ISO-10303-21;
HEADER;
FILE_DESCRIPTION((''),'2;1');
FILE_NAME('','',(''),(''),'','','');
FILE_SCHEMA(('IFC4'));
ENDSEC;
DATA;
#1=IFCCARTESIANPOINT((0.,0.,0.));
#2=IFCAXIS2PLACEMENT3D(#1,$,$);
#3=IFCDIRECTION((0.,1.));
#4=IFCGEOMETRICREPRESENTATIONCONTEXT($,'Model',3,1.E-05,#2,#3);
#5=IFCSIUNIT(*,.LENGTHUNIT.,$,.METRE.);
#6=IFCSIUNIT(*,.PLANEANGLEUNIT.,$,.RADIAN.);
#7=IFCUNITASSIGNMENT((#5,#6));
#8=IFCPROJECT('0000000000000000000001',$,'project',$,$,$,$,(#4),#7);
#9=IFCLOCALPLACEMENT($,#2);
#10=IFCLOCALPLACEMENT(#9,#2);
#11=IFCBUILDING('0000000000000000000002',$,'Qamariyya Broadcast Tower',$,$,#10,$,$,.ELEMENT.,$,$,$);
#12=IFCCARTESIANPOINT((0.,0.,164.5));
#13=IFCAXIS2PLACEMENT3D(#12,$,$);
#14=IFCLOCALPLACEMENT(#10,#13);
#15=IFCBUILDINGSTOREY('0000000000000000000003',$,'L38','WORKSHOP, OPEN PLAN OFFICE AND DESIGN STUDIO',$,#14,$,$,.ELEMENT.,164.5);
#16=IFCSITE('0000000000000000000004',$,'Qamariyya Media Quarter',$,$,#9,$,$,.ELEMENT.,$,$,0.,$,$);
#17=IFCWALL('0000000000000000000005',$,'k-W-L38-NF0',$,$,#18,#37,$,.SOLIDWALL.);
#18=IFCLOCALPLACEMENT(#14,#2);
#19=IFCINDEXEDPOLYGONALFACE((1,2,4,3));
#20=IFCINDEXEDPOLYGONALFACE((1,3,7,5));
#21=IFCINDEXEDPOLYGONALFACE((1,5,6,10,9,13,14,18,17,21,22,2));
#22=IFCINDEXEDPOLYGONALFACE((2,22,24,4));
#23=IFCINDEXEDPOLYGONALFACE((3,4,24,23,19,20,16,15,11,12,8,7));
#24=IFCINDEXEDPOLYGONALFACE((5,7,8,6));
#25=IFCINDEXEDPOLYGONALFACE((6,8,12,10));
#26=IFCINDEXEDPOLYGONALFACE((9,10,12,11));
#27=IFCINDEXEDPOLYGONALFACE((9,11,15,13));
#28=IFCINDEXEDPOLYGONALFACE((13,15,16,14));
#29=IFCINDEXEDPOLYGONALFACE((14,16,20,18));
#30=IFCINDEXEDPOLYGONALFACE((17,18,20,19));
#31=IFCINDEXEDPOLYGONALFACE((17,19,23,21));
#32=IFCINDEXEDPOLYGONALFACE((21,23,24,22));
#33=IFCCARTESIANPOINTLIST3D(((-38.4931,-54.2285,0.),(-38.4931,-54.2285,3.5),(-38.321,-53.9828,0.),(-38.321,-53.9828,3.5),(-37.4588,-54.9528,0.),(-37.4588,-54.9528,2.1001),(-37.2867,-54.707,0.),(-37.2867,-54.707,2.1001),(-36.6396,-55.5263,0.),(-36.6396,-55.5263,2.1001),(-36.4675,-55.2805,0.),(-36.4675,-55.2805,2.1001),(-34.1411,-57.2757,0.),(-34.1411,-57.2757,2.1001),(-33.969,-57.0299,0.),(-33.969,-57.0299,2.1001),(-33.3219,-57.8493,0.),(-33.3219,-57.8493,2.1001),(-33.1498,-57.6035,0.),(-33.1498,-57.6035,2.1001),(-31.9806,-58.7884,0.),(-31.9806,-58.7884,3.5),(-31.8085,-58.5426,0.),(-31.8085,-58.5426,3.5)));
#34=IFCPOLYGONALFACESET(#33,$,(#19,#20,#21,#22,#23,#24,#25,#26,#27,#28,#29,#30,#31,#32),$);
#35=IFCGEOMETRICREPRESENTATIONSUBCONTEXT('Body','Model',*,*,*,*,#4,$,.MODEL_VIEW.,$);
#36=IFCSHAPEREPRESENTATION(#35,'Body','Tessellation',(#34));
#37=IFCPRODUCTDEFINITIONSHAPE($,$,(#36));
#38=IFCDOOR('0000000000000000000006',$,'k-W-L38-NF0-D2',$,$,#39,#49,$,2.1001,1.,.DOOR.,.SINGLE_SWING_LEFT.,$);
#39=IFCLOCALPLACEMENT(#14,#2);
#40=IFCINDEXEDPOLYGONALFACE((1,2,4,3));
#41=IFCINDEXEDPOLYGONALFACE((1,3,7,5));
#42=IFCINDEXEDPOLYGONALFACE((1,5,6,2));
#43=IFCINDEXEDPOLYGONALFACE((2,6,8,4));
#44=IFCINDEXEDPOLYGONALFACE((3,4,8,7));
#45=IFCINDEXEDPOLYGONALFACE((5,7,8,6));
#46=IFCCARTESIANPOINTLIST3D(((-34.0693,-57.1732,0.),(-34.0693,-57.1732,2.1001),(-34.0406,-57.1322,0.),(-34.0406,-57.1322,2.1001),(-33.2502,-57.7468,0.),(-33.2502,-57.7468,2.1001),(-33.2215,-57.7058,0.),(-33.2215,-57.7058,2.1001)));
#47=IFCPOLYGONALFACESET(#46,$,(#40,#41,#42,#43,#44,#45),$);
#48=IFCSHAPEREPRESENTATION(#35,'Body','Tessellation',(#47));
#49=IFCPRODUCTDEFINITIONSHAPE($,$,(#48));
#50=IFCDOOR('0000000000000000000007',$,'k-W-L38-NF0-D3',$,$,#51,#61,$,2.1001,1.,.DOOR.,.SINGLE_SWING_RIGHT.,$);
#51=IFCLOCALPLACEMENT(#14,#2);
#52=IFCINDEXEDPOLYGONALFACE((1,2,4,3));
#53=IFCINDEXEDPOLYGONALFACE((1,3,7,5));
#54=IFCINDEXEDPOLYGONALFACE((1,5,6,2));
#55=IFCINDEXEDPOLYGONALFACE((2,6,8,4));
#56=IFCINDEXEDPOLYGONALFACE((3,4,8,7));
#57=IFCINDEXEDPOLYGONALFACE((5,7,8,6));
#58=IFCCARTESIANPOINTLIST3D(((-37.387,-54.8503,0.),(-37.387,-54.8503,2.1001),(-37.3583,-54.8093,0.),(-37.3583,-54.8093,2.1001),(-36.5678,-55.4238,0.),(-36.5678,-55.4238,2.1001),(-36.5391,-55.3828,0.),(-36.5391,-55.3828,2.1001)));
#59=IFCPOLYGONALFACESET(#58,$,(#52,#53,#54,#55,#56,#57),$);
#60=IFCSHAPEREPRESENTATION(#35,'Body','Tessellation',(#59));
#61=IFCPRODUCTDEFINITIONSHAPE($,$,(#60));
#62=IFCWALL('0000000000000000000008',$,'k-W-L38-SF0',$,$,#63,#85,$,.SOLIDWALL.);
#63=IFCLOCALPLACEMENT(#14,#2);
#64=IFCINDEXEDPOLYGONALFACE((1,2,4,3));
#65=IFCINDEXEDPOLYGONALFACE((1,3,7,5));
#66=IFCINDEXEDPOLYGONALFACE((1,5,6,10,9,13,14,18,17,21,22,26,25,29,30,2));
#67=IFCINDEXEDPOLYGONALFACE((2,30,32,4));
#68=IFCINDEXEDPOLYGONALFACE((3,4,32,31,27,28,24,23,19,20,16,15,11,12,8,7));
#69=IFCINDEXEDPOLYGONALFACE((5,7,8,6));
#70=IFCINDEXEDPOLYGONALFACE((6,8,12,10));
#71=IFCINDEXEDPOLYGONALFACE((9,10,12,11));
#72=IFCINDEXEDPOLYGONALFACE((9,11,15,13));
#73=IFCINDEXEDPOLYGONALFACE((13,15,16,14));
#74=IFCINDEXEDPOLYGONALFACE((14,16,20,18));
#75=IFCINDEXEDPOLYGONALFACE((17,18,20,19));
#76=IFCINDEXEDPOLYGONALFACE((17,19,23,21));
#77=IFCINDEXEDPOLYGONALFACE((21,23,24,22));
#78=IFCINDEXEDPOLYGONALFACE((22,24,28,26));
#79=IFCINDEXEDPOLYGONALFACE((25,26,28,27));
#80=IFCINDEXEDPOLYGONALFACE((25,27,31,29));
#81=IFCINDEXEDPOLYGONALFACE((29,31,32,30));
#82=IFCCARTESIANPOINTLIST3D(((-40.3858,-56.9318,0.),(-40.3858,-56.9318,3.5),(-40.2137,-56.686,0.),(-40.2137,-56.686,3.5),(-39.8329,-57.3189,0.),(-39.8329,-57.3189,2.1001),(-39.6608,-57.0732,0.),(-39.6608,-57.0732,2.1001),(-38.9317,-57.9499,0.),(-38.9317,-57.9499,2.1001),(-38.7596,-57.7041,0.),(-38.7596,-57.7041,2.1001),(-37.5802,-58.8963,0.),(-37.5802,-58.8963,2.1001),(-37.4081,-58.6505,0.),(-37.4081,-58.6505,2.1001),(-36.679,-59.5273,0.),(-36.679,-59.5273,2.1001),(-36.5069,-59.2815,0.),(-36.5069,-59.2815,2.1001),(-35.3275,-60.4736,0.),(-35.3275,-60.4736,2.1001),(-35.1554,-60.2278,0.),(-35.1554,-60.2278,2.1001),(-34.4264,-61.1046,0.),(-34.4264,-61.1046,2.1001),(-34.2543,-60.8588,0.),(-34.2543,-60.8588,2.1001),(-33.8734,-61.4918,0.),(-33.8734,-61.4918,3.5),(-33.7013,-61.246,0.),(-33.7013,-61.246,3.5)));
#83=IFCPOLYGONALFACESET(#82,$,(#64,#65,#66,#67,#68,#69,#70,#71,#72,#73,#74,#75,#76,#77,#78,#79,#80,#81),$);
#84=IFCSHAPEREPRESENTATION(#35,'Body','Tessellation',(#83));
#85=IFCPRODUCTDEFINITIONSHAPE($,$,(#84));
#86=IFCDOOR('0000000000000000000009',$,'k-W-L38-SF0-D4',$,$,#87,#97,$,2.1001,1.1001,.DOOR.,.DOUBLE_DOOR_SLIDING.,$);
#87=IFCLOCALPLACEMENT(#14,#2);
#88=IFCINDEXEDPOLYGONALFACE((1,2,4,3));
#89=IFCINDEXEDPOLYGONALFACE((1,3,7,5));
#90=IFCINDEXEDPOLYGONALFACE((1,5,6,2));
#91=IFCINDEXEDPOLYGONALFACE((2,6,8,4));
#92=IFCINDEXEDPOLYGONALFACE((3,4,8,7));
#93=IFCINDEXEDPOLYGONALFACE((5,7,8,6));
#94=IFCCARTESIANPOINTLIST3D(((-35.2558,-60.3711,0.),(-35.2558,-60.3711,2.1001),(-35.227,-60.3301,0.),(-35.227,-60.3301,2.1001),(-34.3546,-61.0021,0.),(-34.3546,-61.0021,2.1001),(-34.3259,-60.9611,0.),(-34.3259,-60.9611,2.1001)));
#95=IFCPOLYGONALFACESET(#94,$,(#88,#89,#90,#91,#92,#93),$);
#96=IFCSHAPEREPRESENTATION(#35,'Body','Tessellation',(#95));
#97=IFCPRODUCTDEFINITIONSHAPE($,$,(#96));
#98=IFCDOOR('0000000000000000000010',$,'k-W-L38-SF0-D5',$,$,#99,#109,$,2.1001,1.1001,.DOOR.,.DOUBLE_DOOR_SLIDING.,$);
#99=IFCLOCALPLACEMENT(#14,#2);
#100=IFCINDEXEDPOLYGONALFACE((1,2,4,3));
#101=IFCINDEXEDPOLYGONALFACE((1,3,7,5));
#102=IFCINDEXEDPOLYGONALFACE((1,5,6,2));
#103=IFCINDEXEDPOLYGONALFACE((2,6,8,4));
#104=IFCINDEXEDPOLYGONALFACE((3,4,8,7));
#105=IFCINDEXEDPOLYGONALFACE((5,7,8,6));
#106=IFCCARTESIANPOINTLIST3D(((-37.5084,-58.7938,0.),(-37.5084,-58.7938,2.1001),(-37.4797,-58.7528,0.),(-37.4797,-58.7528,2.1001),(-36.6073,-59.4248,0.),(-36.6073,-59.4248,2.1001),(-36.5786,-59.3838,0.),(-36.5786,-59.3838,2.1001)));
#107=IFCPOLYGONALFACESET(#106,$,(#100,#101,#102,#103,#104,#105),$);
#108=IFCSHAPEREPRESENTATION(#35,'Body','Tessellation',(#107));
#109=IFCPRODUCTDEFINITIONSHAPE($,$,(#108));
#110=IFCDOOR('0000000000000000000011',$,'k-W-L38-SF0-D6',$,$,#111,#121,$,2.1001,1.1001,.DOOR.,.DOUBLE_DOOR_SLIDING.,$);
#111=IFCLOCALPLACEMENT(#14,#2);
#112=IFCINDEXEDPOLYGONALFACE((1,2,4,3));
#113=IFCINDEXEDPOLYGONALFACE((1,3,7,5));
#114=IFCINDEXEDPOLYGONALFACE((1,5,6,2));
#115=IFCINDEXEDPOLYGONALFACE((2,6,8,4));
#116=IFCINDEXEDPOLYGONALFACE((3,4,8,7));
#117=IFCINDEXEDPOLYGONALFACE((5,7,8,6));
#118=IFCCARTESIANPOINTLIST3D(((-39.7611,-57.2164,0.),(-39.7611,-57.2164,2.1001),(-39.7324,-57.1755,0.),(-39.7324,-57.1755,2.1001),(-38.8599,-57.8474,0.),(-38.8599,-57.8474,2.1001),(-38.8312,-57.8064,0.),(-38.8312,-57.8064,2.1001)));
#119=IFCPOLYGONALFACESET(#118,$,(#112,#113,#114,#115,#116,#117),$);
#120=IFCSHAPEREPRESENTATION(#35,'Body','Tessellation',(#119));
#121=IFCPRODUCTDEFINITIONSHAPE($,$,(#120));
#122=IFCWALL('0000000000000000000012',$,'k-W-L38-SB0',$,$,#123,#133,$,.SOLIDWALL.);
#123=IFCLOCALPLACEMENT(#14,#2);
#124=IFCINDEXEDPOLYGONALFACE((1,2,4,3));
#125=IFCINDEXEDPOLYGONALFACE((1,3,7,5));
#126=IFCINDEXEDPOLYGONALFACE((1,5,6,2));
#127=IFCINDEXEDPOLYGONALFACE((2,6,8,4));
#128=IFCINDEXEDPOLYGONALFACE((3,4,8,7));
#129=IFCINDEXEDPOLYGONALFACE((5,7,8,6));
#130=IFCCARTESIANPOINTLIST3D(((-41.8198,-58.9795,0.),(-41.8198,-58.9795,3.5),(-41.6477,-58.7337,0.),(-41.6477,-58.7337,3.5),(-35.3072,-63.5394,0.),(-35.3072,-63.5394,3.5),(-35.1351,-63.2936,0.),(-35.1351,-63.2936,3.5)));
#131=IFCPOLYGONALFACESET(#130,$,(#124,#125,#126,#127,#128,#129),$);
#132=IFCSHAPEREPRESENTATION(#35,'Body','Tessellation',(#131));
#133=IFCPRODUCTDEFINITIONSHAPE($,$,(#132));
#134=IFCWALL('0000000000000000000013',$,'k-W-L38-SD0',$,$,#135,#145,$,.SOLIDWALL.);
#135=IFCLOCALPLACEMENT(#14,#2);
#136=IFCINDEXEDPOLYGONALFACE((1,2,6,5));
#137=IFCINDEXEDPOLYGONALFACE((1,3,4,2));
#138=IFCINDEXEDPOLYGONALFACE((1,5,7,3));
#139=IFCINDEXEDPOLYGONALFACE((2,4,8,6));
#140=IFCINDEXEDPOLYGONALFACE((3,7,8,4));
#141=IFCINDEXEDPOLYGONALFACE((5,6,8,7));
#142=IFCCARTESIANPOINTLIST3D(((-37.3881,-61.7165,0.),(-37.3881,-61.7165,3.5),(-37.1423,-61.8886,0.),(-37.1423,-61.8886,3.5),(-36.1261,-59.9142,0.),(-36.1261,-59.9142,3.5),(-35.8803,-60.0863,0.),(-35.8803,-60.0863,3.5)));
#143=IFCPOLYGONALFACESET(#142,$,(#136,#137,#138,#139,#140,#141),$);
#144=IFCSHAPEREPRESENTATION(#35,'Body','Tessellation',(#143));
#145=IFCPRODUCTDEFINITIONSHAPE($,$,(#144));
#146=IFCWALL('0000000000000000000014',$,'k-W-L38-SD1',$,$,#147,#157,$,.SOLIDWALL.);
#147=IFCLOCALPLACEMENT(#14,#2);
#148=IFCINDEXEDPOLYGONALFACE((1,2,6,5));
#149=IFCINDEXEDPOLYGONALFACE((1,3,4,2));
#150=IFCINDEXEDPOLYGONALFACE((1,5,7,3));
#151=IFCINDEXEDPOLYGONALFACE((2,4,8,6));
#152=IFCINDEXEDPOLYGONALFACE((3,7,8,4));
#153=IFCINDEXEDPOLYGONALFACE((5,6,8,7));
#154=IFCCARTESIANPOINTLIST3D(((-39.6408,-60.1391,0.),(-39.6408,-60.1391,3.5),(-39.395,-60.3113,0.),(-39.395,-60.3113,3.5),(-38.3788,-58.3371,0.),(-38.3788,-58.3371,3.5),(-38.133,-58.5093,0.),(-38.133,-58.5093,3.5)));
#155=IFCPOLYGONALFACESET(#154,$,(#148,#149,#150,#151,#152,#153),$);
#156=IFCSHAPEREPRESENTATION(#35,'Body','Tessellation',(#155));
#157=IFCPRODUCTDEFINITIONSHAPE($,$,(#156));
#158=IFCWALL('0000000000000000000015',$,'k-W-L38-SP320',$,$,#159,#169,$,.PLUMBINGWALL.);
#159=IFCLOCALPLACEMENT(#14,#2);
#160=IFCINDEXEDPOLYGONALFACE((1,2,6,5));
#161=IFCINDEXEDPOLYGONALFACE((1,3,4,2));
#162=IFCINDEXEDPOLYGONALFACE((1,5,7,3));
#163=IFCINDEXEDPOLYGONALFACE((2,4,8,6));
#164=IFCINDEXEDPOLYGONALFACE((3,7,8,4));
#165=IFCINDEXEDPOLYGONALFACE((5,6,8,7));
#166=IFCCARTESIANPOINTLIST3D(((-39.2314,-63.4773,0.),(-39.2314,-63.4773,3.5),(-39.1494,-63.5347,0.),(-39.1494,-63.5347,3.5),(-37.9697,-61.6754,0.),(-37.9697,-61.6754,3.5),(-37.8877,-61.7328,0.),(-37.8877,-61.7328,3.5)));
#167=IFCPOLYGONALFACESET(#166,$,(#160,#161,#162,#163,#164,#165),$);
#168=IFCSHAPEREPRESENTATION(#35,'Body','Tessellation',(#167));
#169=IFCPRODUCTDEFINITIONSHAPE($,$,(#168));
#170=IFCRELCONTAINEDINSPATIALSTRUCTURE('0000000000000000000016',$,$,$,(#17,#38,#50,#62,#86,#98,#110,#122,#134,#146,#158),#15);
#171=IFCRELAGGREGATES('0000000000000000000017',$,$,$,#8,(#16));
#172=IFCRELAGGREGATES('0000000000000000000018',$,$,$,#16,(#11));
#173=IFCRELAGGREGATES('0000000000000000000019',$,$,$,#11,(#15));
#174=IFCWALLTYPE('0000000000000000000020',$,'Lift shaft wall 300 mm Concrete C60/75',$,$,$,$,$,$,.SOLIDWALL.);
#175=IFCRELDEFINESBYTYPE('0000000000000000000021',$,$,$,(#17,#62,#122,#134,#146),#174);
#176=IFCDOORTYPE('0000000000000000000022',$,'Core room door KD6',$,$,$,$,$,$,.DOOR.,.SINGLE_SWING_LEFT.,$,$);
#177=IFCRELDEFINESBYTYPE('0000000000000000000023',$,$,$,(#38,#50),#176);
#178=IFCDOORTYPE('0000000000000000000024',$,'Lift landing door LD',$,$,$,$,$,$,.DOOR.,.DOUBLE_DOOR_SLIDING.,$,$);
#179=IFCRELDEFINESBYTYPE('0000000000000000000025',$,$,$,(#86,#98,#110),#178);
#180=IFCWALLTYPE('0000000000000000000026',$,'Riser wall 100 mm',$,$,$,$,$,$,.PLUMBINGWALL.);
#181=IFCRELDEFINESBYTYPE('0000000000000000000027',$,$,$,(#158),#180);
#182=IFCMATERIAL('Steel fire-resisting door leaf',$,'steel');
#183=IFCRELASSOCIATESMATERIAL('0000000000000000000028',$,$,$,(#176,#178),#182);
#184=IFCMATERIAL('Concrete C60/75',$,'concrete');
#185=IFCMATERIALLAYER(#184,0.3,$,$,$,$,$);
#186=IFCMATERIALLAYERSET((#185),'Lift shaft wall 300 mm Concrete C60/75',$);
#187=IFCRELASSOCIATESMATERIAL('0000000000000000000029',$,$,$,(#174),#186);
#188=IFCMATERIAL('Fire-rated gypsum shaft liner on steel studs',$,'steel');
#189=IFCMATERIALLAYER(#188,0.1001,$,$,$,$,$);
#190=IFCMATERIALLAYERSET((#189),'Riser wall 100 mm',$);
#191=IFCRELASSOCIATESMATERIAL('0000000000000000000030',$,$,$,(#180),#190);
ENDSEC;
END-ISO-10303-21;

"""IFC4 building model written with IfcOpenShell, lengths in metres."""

from ifc_helpers import new_model, si_unit, direction, frame, frame_2d, origin, place, context, subcontext, project, spatial, rectangle, extrude, material, layer, layer_set, type_object, element, fill, save


model = new_model("IFC4")

# Units and contexts
model_context = context("Model", 3, precision=1e-05, world=origin(), true_north=direction((0.0, 1.0)))
body_context = subcontext(model_context, "Body", "Model", "MODEL_VIEW")
ifc_project = project(units=[si_unit("LENGTHUNIT", "METRE"), si_unit("PLANEANGLEUNIT", "RADIAN")], contexts=[model_context])

# Site, building, storey
site_placement = place(None, origin())
site = spatial("IfcSite", under=ifc_project, at=site_placement, Name="Qamariyya Media Quarter", CompositionType="ELEMENT", RefElevation=0.0)
building_placement = place(site_placement, origin())
building = spatial("IfcBuilding", under=site, at=building_placement, Name="Qamariyya Broadcast Tower", CompositionType="ELEMENT")
storey_placement = place(building_placement, frame((0.0, 0.0, 164.5)))
storey = spatial("IfcBuildingStorey", under=building, at=storey_placement, Name="L38", Description="WORKSHOP, OPEN PLAN OFFICE AND DESIGN STUDIO", CompositionType="ELEMENT", Elevation=164.5)

# Shared definitions
ifc_material_1 = material(Name="Concrete C60/75", Category="concrete")

# Shared definitions
ifc_material_2 = material(Name="Steel fire-resisting door leaf", Category="steel")

# Walls, openings, doors
door_type_1 = type_object("IfcDoorType", Name="Core room door KD6", OperationType="SINGLE_SWING_LEFT", PredefinedType="DOOR", material=ifc_material_2)
ifc_layer_1 = layer(ifc_material_1, 0.3)
ifc_layer_set_1 = layer_set([ifc_layer_1], Name="Lift shaft wall 300 mm Concrete C60/75")
wall_type_1 = type_object("IfcWallType", Name="Lift shaft wall 300 mm Concrete C60/75", PredefinedType="SOLIDWALL", material=ifc_layer_set_1)
wall_1_placement = place(storey_placement, frame((-31.8945, -58.6655, 0.0), z_axis=(0.0, 0.0, 1.0), x_axis=(-0.819167, 0.573555, 0.0)))
wall_1 = element("IfcWall", 1, at=wall_1_placement, inside=storey, type_object=wall_type_1, Name="k-W-L38-NF0", PredefinedType="SOLIDWALL", context=body_context, shape_type="SweptSolid", body=[
    extrude(rectangle(XDim=7.9502, YDim=0.3, at=frame_2d((3.9751, 0.0))), origin(), (0.0, 0.0, 1.0), 3.5),
])
opening_1_placement = place(wall_1_placement, frame((1.6375, 0.0, 0.0)))
opening_1 = element("IfcOpeningElement", 2, at=opening_1_placement, cuts=wall_1, PredefinedType="OPENING", context=body_context, shape_type="SweptSolid", body=[
    extrude(rectangle(XDim=1.0, YDim=2.1001, at=frame_2d((0.5, 1.05))), frame((0.0, 0.1599, 0.0), z_axis=(0.0, -1.0, 0.0), x_axis=(1.0, 0.0, 0.0)), (0.0, 0.0, 1.0), 0.3201),
])
opening_2_placement = place(wall_1_placement, frame((5.6875, 0.0, 0.0)))
opening_2 = element("IfcOpeningElement", 3, at=opening_2_placement, cuts=wall_1, PredefinedType="OPENING", context=body_context, shape_type="SweptSolid", body=[
    extrude(rectangle(XDim=1.0, YDim=2.1001, at=frame_2d((0.5, 1.05))), frame((0.0, 0.1599, 0.0), z_axis=(0.0, -1.0, 0.0), x_axis=(1.0, 0.0, 0.0)), (0.0, 0.0, 1.0), 0.3201),
])
door_1_placement = place(opening_1_placement, origin())
door_1 = element("IfcDoor", 4, at=door_1_placement, inside=storey, type_object=door_type_1, Name="k-W-L38-NF0-D2", OperationType="SINGLE_SWING_LEFT", OverallHeight=2.1001, OverallWidth=1.0, PredefinedType="DOOR", context=body_context, shape_type="SweptSolid", body=[
    extrude(rectangle(XDim=1.0, YDim=2.1001, at=frame_2d((0.5, 1.05))), frame((0.0, 0.0249, 0.0), z_axis=(0.0, -1.0, 0.0), x_axis=(1.0, 0.0, 0.0)), (0.0, 0.0, 1.0), 0.05),
])
fill(opening_1, door_1)
door_2_placement = place(opening_2_placement, origin())
door_2 = element("IfcDoor", 5, at=door_2_placement, inside=storey, type_object=door_type_1, Name="k-W-L38-NF0-D3", OperationType="SINGLE_SWING_RIGHT", OverallHeight=2.1001, OverallWidth=1.0, PredefinedType="DOOR", context=body_context, shape_type="SweptSolid", body=[
    extrude(rectangle(XDim=1.0, YDim=2.1001, at=frame_2d((0.5, 1.05))), frame((0.0, 0.0249, 0.0), z_axis=(0.0, -1.0, 0.0), x_axis=(1.0, 0.0, 0.0)), (0.0, 0.0, 1.0), 0.05),
])
fill(opening_2, door_2)
wall_2_placement = place(storey_placement, frame((-33.7874, -61.3689, 0.0), z_axis=(0.0, 0.0, 1.0), x_axis=(-0.819153, 0.573576, 0.0)))
wall_2 = element("IfcWall", 6, at=wall_2_placement, inside=storey, type_object=wall_type_1, Name="k-W-L38-SF0", PredefinedType="SOLIDWALL", context=body_context, shape_type="SweptSolid", body=[
    extrude(rectangle(XDim=7.9502, YDim=0.3, at=frame_2d((3.9751, 0.0))), origin(), (0.0, 0.0, 1.0), 3.5),
])
opening_3_placement = place(wall_2_placement, frame((0.675, 0.0, 0.0)))
opening_3 = element("IfcOpeningElement", 7, at=opening_3_placement, cuts=wall_2, PredefinedType="OPENING", context=body_context, shape_type="SweptSolid", body=[
    extrude(rectangle(XDim=1.1001, YDim=2.1001, at=frame_2d((0.55, 1.05))), frame((0.0, 0.1599, 0.0), z_axis=(0.0, -1.0, 0.0), x_axis=(1.0, 0.0, 0.0)), (0.0, 0.0, 1.0), 0.3201),
])
opening_4_placement = place(wall_2_placement, frame((3.425, 0.0, 0.0)))
opening_4 = element("IfcOpeningElement", 8, at=opening_4_placement, cuts=wall_2, PredefinedType="OPENING", context=body_context, shape_type="SweptSolid", body=[
    extrude(rectangle(XDim=1.1001, YDim=2.1001, at=frame_2d((0.55, 1.05))), frame((0.0, 0.1599, 0.0), z_axis=(0.0, -1.0, 0.0), x_axis=(1.0, 0.0, 0.0)), (0.0, 0.0, 1.0), 0.3201),
])
opening_5_placement = place(wall_2_placement, frame((6.175, 0.0, 0.0)))
opening_5 = element("IfcOpeningElement", 9, at=opening_5_placement, cuts=wall_2, PredefinedType="OPENING", context=body_context, shape_type="SweptSolid", body=[
    extrude(rectangle(XDim=1.1001, YDim=2.1001, at=frame_2d((0.55, 1.05))), frame((0.0, 0.1599, 0.0), z_axis=(0.0, -1.0, 0.0), x_axis=(1.0, 0.0, 0.0)), (0.0, 0.0, 1.0), 0.3201),
])
door_type_2 = type_object("IfcDoorType", Name="Lift landing door LD", OperationType="DOUBLE_DOOR_SLIDING", PredefinedType="DOOR", material=ifc_material_2)
door_3_placement = place(opening_3_placement, origin())
door_3 = element("IfcDoor", 10, at=door_3_placement, inside=storey, type_object=door_type_2, Name="k-W-L38-SF0-D4", OperationType="DOUBLE_DOOR_SLIDING", OverallHeight=2.1001, OverallWidth=1.1001, PredefinedType="DOOR", context=body_context, shape_type="SweptSolid", body=[
    extrude(rectangle(XDim=1.1001, YDim=2.1001, at=frame_2d((0.55, 1.05))), frame((0.0, 0.0249, 0.0), z_axis=(0.0, -1.0, 0.0), x_axis=(1.0, 0.0, 0.0)), (0.0, 0.0, 1.0), 0.05),
])
fill(opening_3, door_3)
door_4_placement = place(opening_4_placement, origin())
door_4 = element("IfcDoor", 11, at=door_4_placement, inside=storey, type_object=door_type_2, Name="k-W-L38-SF0-D5", OperationType="DOUBLE_DOOR_SLIDING", OverallHeight=2.1001, OverallWidth=1.1001, PredefinedType="DOOR", context=body_context, shape_type="SweptSolid", body=[
    extrude(rectangle(XDim=1.1001, YDim=2.1001, at=frame_2d((0.55, 1.05))), frame((0.0, 0.0249, 0.0), z_axis=(0.0, -1.0, 0.0), x_axis=(1.0, 0.0, 0.0)), (0.0, 0.0, 1.0), 0.05),
])
fill(opening_4, door_4)
door_5_placement = place(opening_5_placement, origin())
door_5 = element("IfcDoor", 12, at=door_5_placement, inside=storey, type_object=door_type_2, Name="k-W-L38-SF0-D6", OperationType="DOUBLE_DOOR_SLIDING", OverallHeight=2.1001, OverallWidth=1.1001, PredefinedType="DOOR", context=body_context, shape_type="SweptSolid", body=[
    extrude(rectangle(XDim=1.1001, YDim=2.1001, at=frame_2d((0.55, 1.05))), frame((0.0, 0.0249, 0.0), z_axis=(0.0, -1.0, 0.0), x_axis=(1.0, 0.0, 0.0)), (0.0, 0.0, 1.0), 0.05),
])
fill(opening_5, door_5)

# Walls
wall_3_placement = place(storey_placement, frame((-35.2212, -63.4165, 0.0), z_axis=(0.0, 0.0, 1.0), x_axis=(-0.819167, 0.573555, 0.0)))
element("IfcWall", 13, at=wall_3_placement, inside=storey, type_object=wall_type_1, Name="k-W-L38-SB0", PredefinedType="SOLIDWALL", context=body_context, shape_type="SweptSolid", body=[
    extrude(rectangle(XDim=7.9502, YDim=0.3, at=frame_2d((3.9751, 0.0))), origin(), (0.0, 0.0, 1.0), 3.5),
])
wall_4_placement = place(storey_placement, frame((-36.0032, -60.0002, 0.0), z_axis=(0.0, 0.0, 1.0), x_axis=(-0.573581, -0.819149, 0.0)))
element("IfcWall", 14, at=wall_4_placement, inside=storey, type_object=wall_type_1, Name="k-W-L38-SD0", PredefinedType="SOLIDWALL", context=body_context, shape_type="SweptSolid", body=[
    extrude(rectangle(XDim=2.2002, YDim=0.3, at=frame_2d((1.1001, 0.0))), origin(), (0.0, 0.0, 1.0), 3.5),
])
wall_5_placement = place(storey_placement, frame((-38.2559, -58.4231, 0.0), z_axis=(0.0, 0.0, 1.0), x_axis=(-0.573634, -0.819112, 0.0)))
element("IfcWall", 15, at=wall_5_placement, inside=storey, type_object=wall_type_1, Name="k-W-L38-SD1", PredefinedType="SOLIDWALL", context=body_context, shape_type="SweptSolid", body=[
    extrude(rectangle(XDim=2.2, YDim=0.3, at=frame_2d((1.1001, 0.0))), origin(), (0.0, 0.0, 1.0), 3.5),
])
ifc_material_3 = material(Name="Fire-rated gypsum shaft liner on steel studs", Category="steel")
ifc_layer_2 = layer(ifc_material_3, 0.1001)
ifc_layer_set_2 = layer_set([ifc_layer_2], Name="Riser wall 100 mm")
wall_type_2 = type_object("IfcWallType", Name="Riser wall 100 mm", PredefinedType="PLUMBINGWALL", material=ifc_layer_set_2)
wall_6_placement = place(storey_placement, frame((-37.9287, -61.7041, 0.0), z_axis=(0.0, 0.0, 1.0), x_axis=(-0.573559, -0.819164, 0.0)))
element("IfcWall", 16, at=wall_6_placement, inside=storey, type_object=wall_type_2, Name="k-W-L38-SP320", PredefinedType="PLUMBINGWALL", context=body_context, shape_type="SweptSolid", body=[
    extrude(rectangle(XDim=2.1997, YDim=0.1001, at=frame_2d((1.0999, 0.0))), origin(), (0.0, 0.0, 1.0), 3.5),
])

save(model, "model.ifc")
